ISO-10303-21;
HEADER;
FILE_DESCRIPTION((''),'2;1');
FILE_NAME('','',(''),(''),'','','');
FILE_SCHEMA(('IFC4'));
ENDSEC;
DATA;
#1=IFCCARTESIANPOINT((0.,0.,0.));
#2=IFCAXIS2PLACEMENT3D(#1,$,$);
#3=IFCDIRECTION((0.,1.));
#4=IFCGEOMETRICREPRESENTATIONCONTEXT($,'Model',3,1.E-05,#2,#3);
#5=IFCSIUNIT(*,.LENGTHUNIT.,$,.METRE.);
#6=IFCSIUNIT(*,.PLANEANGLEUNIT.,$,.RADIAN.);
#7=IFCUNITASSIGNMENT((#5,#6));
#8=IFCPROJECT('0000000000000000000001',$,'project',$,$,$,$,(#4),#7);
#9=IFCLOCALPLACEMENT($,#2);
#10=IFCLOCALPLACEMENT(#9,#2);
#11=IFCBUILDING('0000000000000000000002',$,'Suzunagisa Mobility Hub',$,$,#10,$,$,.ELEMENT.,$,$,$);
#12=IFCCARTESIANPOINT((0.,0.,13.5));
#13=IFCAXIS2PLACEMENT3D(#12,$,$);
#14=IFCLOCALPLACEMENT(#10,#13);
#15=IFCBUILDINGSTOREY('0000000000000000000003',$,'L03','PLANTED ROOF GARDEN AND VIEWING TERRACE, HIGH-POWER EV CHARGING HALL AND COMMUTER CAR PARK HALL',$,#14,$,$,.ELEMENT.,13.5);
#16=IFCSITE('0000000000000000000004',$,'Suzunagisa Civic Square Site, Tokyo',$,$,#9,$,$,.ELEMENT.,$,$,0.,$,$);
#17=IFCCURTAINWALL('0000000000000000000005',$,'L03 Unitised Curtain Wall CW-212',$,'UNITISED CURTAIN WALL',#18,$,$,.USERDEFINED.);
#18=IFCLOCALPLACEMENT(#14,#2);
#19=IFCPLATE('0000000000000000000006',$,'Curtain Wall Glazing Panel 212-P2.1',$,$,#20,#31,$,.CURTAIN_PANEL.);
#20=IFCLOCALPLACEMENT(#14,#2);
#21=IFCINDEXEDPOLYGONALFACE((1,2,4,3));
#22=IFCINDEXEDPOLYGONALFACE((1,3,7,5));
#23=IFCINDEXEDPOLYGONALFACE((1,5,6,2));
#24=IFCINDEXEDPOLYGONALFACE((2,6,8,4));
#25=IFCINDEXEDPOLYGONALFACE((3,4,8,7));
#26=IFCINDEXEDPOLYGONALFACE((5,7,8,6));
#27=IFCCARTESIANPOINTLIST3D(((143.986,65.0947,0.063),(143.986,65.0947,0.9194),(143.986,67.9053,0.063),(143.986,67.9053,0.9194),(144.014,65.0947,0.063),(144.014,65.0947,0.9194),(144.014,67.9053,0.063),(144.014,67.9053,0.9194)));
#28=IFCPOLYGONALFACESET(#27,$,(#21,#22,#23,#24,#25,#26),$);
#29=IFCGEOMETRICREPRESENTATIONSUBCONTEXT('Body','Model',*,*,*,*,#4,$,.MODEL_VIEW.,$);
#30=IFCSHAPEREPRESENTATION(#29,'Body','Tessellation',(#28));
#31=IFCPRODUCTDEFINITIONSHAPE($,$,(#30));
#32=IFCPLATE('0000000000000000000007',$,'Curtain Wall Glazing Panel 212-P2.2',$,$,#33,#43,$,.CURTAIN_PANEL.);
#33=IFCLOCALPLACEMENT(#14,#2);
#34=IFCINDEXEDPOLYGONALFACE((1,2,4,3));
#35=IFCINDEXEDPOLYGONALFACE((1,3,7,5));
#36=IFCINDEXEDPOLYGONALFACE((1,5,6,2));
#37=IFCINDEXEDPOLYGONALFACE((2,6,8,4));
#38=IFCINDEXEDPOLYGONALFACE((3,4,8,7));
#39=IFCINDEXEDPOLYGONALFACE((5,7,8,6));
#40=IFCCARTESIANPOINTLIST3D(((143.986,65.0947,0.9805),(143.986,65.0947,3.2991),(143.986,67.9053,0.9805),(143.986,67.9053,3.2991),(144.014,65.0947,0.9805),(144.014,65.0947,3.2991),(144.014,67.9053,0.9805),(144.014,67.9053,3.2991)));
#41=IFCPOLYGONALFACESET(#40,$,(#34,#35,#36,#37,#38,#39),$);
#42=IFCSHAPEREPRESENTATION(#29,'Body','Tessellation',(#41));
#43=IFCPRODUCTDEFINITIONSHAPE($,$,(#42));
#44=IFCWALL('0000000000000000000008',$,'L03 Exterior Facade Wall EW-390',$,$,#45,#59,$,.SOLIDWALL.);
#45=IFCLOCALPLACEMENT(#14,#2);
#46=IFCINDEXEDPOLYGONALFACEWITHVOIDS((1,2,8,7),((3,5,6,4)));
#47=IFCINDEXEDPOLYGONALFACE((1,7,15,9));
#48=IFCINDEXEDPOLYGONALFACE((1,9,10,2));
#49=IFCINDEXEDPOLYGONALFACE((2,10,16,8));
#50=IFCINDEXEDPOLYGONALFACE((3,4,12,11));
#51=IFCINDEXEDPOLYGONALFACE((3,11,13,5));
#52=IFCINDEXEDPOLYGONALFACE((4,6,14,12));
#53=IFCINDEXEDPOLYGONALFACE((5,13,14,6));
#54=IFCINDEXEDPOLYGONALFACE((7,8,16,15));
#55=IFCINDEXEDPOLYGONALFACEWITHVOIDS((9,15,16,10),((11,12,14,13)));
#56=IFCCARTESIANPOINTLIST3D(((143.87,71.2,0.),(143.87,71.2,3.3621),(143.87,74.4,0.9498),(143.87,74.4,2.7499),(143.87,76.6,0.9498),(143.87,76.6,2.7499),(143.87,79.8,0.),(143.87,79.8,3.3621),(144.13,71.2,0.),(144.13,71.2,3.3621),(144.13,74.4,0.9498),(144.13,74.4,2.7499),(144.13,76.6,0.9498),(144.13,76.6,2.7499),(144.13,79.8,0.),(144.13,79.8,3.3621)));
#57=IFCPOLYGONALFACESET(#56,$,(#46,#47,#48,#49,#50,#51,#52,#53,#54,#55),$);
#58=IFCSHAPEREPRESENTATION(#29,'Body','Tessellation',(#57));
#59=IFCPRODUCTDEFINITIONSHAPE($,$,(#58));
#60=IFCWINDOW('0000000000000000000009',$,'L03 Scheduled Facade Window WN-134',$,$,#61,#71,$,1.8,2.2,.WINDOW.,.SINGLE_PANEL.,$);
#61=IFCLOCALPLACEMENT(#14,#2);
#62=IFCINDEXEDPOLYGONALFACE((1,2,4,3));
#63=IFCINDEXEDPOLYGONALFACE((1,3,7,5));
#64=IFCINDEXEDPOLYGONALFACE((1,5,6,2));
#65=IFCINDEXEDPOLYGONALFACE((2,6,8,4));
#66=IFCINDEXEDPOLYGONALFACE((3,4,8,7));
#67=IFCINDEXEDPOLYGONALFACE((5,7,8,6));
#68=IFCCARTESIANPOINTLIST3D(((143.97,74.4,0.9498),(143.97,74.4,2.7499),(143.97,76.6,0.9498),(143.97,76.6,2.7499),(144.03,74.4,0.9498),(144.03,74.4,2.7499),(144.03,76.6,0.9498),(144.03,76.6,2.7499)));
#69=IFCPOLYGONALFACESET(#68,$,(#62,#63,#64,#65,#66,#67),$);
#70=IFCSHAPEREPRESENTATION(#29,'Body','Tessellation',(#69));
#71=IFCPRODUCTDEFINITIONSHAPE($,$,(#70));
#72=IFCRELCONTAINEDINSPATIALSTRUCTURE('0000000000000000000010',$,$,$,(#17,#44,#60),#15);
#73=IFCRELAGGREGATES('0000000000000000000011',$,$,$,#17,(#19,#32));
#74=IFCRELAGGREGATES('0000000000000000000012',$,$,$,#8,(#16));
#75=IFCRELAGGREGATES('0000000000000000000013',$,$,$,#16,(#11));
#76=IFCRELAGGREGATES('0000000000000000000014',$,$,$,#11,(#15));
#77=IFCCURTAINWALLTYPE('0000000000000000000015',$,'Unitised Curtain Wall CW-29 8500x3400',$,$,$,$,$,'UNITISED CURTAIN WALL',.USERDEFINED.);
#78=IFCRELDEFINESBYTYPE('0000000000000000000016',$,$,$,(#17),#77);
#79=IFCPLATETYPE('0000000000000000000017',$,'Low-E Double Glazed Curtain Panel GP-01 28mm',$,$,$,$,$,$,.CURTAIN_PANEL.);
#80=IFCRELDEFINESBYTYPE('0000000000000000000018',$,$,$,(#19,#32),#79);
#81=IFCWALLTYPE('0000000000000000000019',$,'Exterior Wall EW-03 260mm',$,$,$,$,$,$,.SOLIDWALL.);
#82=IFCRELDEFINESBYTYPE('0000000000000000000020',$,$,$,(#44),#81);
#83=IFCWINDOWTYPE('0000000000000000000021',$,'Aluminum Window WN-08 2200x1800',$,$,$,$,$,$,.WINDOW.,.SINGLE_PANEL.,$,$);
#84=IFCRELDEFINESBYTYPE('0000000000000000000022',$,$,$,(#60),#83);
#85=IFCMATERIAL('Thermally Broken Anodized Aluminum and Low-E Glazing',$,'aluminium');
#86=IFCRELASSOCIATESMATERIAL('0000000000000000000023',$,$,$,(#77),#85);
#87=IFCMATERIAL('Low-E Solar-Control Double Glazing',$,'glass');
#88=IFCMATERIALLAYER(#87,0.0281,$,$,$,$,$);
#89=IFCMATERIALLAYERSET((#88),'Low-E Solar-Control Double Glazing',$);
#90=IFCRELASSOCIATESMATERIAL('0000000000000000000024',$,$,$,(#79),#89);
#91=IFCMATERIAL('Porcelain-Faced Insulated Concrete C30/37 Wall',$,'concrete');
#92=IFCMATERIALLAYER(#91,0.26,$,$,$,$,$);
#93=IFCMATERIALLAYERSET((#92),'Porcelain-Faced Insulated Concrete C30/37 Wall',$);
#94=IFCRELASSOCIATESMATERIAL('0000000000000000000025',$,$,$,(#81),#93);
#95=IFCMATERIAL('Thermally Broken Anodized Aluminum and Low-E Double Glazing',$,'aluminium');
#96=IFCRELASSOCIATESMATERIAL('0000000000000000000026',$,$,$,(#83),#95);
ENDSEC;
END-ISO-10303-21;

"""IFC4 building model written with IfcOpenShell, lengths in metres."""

from ifc_helpers import new_model, si_unit, direction, frame, frame_2d, origin, origin_2d, place, context, subcontext, project, spatial, rectangle, extrude, material, layer, layer_set, type_object, element, fill, aggregate, save


model = new_model("IFC4")

# Units and contexts
model_context = context("Model", 3, precision=1e-05, world=origin(), true_north=direction((0.0, 1.0)))
body_context = subcontext(model_context, "Body", "Model", "MODEL_VIEW")
ifc_project = project(units=[si_unit("LENGTHUNIT", "METRE"), si_unit("PLANEANGLEUNIT", "RADIAN")], contexts=[model_context])

# Site, building, storey
site_placement = place(None, origin())
site = spatial("IfcSite", under=ifc_project, at=site_placement, Name="Suzunagisa Civic Square Site, Tokyo", CompositionType="ELEMENT", RefElevation=0.0)
building_placement = place(site_placement, origin())
building = spatial("IfcBuilding", under=site, at=building_placement, Name="Suzunagisa Mobility Hub", CompositionType="ELEMENT")
storey_placement = place(building_placement, frame((0.0, 0.0, 13.5)))
storey = spatial("IfcBuildingStorey", under=building, at=storey_placement, Name="L03", Description="PLANTED ROOF GARDEN AND VIEWING TERRACE, HIGH-POWER EV CHARGING HALL AND COMMUTER CAR PARK HALL", CompositionType="ELEMENT", Elevation=13.5)

# Curtain wall
ifc_material_1 = material(Name="Thermally Broken Anodized Aluminum and Low-E Glazing", Category="aluminium")
curtain_wall_type = type_object("IfcCurtainWallType", Name="Unitised Curtain Wall CW-29 8500x3400", ElementType="UNITISED CURTAIN WALL", PredefinedType="USERDEFINED", material=ifc_material_1)
curtain_wall_1_placement = place(storey_placement, origin())
curtain_wall_1 = element("IfcCurtainWall", 1, at=curtain_wall_1_placement, inside=storey, type_object=curtain_wall_type, Name="L03 Unitised Curtain Wall CW-212", ObjectType="UNITISED CURTAIN WALL", PredefinedType="USERDEFINED")

# Plates
ifc_material_2 = material(Name="Low-E Solar-Control Double Glazing", Category="glass")
ifc_layer_1 = layer(ifc_material_2, 0.0281)
ifc_layer_set_1 = layer_set([ifc_layer_1], Name="Low-E Solar-Control Double Glazing")
plate_type = type_object("IfcPlateType", Name="Low-E Double Glazed Curtain Panel GP-01 28mm", PredefinedType="CURTAIN_PANEL", material=ifc_layer_set_1)
plate_1_placement = place(storey_placement, frame((144.0, 66.5, 0.063), z_axis=(0.0, 0.0, 1.0), x_axis=(0.0, -1.0, 0.0)))
plate_1 = element("IfcPlate", 2, at=plate_1_placement, type_object=plate_type, Name="Curtain Wall Glazing Panel 212-P2.1", PredefinedType="CURTAIN_PANEL", context=body_context, shape_type="SweptSolid", body=[
    extrude(rectangle(XDim=2.8105, YDim=0.0281, at=origin_2d()), origin(), (0.0, 0.0, 1.0), 0.8564),
])
plate_2_placement = place(storey_placement, frame((144.0, 66.5, 0.9805), z_axis=(0.0, 0.0, 1.0), x_axis=(0.0, -1.0, 0.0)))
plate_2 = element("IfcPlate", 3, at=plate_2_placement, type_object=plate_type, Name="Curtain Wall Glazing Panel 212-P2.2", PredefinedType="CURTAIN_PANEL", context=body_context, shape_type="SweptSolid", body=[
    extrude(rectangle(XDim=2.8105, YDim=0.0281, at=origin_2d()), origin(), (0.0, 0.0, 1.0), 2.3186),
])
aggregate(curtain_wall_1, [plate_1, plate_2])

# Wall, opening, window
ifc_material_3 = material(Name="Porcelain-Faced Insulated Concrete C30/37 Wall", Category="concrete")
ifc_layer_2 = layer(ifc_material_3, 0.26)
ifc_layer_set_2 = layer_set([ifc_layer_2], Name="Porcelain-Faced Insulated Concrete C30/37 Wall")
wall_type = type_object("IfcWallType", Name="Exterior Wall EW-03 260mm", PredefinedType="SOLIDWALL", material=ifc_layer_set_2)
wall_placement = place(storey_placement, frame((144.0, 79.8, 0.0), z_axis=(0.0, 0.0, 1.0), x_axis=(0.0, -1.0, 0.0)))
wall = element("IfcWall", 4, at=wall_placement, inside=storey, type_object=wall_type, Name="L03 Exterior Facade Wall EW-390", PredefinedType="SOLIDWALL", context=body_context, shape_type="SweptSolid", body=[
    extrude(rectangle(XDim=8.6001, YDim=0.26, at=frame_2d((4.3, 0.0))), origin(), (0.0, 0.0, 1.0), 3.3621),
])
opening_placement = place(wall_placement, frame((3.2, 0.0, 0.95)))
opening = element("IfcOpeningElement", 5, at=opening_placement, cuts=wall, PredefinedType="OPENING", context=body_context, shape_type="SweptSolid", body=[
    extrude(rectangle(XDim=2.2, YDim=1.8, at=frame_2d((1.1001, 0.8999))), frame((0.0, 0.1411, 0.0), z_axis=(0.0, -1.0, 0.0), x_axis=(1.0, 0.0, 0.0)), (0.0, 0.0, 1.0), 0.282),
])
ifc_material_4 = material(Name="Thermally Broken Anodized Aluminum and Low-E Double Glazing", Category="aluminium")
window_type = type_object("IfcWindowType", Name="Aluminum Window WN-08 2200x1800", PartitioningType="SINGLE_PANEL", PredefinedType="WINDOW", material=ifc_material_4)
window_placement = place(opening_placement, origin())
window = element("IfcWindow", 6, at=window_placement, inside=storey, type_object=window_type, Name="L03 Scheduled Facade Window WN-134", OverallHeight=1.8, OverallWidth=2.2, PartitioningType="SINGLE_PANEL", PredefinedType="WINDOW", context=body_context, shape_type="SweptSolid", body=[
    extrude(rectangle(XDim=2.2, YDim=1.8, at=frame_2d((1.1001, 0.8999))), frame((0.0, 0.03, 0.0), z_axis=(0.0, -1.0, 0.0), x_axis=(1.0, 0.0, 0.0)), (0.0, 0.0, 1.0), 0.0601),
])
fill(opening, window)

save(model, "model.ifc")
